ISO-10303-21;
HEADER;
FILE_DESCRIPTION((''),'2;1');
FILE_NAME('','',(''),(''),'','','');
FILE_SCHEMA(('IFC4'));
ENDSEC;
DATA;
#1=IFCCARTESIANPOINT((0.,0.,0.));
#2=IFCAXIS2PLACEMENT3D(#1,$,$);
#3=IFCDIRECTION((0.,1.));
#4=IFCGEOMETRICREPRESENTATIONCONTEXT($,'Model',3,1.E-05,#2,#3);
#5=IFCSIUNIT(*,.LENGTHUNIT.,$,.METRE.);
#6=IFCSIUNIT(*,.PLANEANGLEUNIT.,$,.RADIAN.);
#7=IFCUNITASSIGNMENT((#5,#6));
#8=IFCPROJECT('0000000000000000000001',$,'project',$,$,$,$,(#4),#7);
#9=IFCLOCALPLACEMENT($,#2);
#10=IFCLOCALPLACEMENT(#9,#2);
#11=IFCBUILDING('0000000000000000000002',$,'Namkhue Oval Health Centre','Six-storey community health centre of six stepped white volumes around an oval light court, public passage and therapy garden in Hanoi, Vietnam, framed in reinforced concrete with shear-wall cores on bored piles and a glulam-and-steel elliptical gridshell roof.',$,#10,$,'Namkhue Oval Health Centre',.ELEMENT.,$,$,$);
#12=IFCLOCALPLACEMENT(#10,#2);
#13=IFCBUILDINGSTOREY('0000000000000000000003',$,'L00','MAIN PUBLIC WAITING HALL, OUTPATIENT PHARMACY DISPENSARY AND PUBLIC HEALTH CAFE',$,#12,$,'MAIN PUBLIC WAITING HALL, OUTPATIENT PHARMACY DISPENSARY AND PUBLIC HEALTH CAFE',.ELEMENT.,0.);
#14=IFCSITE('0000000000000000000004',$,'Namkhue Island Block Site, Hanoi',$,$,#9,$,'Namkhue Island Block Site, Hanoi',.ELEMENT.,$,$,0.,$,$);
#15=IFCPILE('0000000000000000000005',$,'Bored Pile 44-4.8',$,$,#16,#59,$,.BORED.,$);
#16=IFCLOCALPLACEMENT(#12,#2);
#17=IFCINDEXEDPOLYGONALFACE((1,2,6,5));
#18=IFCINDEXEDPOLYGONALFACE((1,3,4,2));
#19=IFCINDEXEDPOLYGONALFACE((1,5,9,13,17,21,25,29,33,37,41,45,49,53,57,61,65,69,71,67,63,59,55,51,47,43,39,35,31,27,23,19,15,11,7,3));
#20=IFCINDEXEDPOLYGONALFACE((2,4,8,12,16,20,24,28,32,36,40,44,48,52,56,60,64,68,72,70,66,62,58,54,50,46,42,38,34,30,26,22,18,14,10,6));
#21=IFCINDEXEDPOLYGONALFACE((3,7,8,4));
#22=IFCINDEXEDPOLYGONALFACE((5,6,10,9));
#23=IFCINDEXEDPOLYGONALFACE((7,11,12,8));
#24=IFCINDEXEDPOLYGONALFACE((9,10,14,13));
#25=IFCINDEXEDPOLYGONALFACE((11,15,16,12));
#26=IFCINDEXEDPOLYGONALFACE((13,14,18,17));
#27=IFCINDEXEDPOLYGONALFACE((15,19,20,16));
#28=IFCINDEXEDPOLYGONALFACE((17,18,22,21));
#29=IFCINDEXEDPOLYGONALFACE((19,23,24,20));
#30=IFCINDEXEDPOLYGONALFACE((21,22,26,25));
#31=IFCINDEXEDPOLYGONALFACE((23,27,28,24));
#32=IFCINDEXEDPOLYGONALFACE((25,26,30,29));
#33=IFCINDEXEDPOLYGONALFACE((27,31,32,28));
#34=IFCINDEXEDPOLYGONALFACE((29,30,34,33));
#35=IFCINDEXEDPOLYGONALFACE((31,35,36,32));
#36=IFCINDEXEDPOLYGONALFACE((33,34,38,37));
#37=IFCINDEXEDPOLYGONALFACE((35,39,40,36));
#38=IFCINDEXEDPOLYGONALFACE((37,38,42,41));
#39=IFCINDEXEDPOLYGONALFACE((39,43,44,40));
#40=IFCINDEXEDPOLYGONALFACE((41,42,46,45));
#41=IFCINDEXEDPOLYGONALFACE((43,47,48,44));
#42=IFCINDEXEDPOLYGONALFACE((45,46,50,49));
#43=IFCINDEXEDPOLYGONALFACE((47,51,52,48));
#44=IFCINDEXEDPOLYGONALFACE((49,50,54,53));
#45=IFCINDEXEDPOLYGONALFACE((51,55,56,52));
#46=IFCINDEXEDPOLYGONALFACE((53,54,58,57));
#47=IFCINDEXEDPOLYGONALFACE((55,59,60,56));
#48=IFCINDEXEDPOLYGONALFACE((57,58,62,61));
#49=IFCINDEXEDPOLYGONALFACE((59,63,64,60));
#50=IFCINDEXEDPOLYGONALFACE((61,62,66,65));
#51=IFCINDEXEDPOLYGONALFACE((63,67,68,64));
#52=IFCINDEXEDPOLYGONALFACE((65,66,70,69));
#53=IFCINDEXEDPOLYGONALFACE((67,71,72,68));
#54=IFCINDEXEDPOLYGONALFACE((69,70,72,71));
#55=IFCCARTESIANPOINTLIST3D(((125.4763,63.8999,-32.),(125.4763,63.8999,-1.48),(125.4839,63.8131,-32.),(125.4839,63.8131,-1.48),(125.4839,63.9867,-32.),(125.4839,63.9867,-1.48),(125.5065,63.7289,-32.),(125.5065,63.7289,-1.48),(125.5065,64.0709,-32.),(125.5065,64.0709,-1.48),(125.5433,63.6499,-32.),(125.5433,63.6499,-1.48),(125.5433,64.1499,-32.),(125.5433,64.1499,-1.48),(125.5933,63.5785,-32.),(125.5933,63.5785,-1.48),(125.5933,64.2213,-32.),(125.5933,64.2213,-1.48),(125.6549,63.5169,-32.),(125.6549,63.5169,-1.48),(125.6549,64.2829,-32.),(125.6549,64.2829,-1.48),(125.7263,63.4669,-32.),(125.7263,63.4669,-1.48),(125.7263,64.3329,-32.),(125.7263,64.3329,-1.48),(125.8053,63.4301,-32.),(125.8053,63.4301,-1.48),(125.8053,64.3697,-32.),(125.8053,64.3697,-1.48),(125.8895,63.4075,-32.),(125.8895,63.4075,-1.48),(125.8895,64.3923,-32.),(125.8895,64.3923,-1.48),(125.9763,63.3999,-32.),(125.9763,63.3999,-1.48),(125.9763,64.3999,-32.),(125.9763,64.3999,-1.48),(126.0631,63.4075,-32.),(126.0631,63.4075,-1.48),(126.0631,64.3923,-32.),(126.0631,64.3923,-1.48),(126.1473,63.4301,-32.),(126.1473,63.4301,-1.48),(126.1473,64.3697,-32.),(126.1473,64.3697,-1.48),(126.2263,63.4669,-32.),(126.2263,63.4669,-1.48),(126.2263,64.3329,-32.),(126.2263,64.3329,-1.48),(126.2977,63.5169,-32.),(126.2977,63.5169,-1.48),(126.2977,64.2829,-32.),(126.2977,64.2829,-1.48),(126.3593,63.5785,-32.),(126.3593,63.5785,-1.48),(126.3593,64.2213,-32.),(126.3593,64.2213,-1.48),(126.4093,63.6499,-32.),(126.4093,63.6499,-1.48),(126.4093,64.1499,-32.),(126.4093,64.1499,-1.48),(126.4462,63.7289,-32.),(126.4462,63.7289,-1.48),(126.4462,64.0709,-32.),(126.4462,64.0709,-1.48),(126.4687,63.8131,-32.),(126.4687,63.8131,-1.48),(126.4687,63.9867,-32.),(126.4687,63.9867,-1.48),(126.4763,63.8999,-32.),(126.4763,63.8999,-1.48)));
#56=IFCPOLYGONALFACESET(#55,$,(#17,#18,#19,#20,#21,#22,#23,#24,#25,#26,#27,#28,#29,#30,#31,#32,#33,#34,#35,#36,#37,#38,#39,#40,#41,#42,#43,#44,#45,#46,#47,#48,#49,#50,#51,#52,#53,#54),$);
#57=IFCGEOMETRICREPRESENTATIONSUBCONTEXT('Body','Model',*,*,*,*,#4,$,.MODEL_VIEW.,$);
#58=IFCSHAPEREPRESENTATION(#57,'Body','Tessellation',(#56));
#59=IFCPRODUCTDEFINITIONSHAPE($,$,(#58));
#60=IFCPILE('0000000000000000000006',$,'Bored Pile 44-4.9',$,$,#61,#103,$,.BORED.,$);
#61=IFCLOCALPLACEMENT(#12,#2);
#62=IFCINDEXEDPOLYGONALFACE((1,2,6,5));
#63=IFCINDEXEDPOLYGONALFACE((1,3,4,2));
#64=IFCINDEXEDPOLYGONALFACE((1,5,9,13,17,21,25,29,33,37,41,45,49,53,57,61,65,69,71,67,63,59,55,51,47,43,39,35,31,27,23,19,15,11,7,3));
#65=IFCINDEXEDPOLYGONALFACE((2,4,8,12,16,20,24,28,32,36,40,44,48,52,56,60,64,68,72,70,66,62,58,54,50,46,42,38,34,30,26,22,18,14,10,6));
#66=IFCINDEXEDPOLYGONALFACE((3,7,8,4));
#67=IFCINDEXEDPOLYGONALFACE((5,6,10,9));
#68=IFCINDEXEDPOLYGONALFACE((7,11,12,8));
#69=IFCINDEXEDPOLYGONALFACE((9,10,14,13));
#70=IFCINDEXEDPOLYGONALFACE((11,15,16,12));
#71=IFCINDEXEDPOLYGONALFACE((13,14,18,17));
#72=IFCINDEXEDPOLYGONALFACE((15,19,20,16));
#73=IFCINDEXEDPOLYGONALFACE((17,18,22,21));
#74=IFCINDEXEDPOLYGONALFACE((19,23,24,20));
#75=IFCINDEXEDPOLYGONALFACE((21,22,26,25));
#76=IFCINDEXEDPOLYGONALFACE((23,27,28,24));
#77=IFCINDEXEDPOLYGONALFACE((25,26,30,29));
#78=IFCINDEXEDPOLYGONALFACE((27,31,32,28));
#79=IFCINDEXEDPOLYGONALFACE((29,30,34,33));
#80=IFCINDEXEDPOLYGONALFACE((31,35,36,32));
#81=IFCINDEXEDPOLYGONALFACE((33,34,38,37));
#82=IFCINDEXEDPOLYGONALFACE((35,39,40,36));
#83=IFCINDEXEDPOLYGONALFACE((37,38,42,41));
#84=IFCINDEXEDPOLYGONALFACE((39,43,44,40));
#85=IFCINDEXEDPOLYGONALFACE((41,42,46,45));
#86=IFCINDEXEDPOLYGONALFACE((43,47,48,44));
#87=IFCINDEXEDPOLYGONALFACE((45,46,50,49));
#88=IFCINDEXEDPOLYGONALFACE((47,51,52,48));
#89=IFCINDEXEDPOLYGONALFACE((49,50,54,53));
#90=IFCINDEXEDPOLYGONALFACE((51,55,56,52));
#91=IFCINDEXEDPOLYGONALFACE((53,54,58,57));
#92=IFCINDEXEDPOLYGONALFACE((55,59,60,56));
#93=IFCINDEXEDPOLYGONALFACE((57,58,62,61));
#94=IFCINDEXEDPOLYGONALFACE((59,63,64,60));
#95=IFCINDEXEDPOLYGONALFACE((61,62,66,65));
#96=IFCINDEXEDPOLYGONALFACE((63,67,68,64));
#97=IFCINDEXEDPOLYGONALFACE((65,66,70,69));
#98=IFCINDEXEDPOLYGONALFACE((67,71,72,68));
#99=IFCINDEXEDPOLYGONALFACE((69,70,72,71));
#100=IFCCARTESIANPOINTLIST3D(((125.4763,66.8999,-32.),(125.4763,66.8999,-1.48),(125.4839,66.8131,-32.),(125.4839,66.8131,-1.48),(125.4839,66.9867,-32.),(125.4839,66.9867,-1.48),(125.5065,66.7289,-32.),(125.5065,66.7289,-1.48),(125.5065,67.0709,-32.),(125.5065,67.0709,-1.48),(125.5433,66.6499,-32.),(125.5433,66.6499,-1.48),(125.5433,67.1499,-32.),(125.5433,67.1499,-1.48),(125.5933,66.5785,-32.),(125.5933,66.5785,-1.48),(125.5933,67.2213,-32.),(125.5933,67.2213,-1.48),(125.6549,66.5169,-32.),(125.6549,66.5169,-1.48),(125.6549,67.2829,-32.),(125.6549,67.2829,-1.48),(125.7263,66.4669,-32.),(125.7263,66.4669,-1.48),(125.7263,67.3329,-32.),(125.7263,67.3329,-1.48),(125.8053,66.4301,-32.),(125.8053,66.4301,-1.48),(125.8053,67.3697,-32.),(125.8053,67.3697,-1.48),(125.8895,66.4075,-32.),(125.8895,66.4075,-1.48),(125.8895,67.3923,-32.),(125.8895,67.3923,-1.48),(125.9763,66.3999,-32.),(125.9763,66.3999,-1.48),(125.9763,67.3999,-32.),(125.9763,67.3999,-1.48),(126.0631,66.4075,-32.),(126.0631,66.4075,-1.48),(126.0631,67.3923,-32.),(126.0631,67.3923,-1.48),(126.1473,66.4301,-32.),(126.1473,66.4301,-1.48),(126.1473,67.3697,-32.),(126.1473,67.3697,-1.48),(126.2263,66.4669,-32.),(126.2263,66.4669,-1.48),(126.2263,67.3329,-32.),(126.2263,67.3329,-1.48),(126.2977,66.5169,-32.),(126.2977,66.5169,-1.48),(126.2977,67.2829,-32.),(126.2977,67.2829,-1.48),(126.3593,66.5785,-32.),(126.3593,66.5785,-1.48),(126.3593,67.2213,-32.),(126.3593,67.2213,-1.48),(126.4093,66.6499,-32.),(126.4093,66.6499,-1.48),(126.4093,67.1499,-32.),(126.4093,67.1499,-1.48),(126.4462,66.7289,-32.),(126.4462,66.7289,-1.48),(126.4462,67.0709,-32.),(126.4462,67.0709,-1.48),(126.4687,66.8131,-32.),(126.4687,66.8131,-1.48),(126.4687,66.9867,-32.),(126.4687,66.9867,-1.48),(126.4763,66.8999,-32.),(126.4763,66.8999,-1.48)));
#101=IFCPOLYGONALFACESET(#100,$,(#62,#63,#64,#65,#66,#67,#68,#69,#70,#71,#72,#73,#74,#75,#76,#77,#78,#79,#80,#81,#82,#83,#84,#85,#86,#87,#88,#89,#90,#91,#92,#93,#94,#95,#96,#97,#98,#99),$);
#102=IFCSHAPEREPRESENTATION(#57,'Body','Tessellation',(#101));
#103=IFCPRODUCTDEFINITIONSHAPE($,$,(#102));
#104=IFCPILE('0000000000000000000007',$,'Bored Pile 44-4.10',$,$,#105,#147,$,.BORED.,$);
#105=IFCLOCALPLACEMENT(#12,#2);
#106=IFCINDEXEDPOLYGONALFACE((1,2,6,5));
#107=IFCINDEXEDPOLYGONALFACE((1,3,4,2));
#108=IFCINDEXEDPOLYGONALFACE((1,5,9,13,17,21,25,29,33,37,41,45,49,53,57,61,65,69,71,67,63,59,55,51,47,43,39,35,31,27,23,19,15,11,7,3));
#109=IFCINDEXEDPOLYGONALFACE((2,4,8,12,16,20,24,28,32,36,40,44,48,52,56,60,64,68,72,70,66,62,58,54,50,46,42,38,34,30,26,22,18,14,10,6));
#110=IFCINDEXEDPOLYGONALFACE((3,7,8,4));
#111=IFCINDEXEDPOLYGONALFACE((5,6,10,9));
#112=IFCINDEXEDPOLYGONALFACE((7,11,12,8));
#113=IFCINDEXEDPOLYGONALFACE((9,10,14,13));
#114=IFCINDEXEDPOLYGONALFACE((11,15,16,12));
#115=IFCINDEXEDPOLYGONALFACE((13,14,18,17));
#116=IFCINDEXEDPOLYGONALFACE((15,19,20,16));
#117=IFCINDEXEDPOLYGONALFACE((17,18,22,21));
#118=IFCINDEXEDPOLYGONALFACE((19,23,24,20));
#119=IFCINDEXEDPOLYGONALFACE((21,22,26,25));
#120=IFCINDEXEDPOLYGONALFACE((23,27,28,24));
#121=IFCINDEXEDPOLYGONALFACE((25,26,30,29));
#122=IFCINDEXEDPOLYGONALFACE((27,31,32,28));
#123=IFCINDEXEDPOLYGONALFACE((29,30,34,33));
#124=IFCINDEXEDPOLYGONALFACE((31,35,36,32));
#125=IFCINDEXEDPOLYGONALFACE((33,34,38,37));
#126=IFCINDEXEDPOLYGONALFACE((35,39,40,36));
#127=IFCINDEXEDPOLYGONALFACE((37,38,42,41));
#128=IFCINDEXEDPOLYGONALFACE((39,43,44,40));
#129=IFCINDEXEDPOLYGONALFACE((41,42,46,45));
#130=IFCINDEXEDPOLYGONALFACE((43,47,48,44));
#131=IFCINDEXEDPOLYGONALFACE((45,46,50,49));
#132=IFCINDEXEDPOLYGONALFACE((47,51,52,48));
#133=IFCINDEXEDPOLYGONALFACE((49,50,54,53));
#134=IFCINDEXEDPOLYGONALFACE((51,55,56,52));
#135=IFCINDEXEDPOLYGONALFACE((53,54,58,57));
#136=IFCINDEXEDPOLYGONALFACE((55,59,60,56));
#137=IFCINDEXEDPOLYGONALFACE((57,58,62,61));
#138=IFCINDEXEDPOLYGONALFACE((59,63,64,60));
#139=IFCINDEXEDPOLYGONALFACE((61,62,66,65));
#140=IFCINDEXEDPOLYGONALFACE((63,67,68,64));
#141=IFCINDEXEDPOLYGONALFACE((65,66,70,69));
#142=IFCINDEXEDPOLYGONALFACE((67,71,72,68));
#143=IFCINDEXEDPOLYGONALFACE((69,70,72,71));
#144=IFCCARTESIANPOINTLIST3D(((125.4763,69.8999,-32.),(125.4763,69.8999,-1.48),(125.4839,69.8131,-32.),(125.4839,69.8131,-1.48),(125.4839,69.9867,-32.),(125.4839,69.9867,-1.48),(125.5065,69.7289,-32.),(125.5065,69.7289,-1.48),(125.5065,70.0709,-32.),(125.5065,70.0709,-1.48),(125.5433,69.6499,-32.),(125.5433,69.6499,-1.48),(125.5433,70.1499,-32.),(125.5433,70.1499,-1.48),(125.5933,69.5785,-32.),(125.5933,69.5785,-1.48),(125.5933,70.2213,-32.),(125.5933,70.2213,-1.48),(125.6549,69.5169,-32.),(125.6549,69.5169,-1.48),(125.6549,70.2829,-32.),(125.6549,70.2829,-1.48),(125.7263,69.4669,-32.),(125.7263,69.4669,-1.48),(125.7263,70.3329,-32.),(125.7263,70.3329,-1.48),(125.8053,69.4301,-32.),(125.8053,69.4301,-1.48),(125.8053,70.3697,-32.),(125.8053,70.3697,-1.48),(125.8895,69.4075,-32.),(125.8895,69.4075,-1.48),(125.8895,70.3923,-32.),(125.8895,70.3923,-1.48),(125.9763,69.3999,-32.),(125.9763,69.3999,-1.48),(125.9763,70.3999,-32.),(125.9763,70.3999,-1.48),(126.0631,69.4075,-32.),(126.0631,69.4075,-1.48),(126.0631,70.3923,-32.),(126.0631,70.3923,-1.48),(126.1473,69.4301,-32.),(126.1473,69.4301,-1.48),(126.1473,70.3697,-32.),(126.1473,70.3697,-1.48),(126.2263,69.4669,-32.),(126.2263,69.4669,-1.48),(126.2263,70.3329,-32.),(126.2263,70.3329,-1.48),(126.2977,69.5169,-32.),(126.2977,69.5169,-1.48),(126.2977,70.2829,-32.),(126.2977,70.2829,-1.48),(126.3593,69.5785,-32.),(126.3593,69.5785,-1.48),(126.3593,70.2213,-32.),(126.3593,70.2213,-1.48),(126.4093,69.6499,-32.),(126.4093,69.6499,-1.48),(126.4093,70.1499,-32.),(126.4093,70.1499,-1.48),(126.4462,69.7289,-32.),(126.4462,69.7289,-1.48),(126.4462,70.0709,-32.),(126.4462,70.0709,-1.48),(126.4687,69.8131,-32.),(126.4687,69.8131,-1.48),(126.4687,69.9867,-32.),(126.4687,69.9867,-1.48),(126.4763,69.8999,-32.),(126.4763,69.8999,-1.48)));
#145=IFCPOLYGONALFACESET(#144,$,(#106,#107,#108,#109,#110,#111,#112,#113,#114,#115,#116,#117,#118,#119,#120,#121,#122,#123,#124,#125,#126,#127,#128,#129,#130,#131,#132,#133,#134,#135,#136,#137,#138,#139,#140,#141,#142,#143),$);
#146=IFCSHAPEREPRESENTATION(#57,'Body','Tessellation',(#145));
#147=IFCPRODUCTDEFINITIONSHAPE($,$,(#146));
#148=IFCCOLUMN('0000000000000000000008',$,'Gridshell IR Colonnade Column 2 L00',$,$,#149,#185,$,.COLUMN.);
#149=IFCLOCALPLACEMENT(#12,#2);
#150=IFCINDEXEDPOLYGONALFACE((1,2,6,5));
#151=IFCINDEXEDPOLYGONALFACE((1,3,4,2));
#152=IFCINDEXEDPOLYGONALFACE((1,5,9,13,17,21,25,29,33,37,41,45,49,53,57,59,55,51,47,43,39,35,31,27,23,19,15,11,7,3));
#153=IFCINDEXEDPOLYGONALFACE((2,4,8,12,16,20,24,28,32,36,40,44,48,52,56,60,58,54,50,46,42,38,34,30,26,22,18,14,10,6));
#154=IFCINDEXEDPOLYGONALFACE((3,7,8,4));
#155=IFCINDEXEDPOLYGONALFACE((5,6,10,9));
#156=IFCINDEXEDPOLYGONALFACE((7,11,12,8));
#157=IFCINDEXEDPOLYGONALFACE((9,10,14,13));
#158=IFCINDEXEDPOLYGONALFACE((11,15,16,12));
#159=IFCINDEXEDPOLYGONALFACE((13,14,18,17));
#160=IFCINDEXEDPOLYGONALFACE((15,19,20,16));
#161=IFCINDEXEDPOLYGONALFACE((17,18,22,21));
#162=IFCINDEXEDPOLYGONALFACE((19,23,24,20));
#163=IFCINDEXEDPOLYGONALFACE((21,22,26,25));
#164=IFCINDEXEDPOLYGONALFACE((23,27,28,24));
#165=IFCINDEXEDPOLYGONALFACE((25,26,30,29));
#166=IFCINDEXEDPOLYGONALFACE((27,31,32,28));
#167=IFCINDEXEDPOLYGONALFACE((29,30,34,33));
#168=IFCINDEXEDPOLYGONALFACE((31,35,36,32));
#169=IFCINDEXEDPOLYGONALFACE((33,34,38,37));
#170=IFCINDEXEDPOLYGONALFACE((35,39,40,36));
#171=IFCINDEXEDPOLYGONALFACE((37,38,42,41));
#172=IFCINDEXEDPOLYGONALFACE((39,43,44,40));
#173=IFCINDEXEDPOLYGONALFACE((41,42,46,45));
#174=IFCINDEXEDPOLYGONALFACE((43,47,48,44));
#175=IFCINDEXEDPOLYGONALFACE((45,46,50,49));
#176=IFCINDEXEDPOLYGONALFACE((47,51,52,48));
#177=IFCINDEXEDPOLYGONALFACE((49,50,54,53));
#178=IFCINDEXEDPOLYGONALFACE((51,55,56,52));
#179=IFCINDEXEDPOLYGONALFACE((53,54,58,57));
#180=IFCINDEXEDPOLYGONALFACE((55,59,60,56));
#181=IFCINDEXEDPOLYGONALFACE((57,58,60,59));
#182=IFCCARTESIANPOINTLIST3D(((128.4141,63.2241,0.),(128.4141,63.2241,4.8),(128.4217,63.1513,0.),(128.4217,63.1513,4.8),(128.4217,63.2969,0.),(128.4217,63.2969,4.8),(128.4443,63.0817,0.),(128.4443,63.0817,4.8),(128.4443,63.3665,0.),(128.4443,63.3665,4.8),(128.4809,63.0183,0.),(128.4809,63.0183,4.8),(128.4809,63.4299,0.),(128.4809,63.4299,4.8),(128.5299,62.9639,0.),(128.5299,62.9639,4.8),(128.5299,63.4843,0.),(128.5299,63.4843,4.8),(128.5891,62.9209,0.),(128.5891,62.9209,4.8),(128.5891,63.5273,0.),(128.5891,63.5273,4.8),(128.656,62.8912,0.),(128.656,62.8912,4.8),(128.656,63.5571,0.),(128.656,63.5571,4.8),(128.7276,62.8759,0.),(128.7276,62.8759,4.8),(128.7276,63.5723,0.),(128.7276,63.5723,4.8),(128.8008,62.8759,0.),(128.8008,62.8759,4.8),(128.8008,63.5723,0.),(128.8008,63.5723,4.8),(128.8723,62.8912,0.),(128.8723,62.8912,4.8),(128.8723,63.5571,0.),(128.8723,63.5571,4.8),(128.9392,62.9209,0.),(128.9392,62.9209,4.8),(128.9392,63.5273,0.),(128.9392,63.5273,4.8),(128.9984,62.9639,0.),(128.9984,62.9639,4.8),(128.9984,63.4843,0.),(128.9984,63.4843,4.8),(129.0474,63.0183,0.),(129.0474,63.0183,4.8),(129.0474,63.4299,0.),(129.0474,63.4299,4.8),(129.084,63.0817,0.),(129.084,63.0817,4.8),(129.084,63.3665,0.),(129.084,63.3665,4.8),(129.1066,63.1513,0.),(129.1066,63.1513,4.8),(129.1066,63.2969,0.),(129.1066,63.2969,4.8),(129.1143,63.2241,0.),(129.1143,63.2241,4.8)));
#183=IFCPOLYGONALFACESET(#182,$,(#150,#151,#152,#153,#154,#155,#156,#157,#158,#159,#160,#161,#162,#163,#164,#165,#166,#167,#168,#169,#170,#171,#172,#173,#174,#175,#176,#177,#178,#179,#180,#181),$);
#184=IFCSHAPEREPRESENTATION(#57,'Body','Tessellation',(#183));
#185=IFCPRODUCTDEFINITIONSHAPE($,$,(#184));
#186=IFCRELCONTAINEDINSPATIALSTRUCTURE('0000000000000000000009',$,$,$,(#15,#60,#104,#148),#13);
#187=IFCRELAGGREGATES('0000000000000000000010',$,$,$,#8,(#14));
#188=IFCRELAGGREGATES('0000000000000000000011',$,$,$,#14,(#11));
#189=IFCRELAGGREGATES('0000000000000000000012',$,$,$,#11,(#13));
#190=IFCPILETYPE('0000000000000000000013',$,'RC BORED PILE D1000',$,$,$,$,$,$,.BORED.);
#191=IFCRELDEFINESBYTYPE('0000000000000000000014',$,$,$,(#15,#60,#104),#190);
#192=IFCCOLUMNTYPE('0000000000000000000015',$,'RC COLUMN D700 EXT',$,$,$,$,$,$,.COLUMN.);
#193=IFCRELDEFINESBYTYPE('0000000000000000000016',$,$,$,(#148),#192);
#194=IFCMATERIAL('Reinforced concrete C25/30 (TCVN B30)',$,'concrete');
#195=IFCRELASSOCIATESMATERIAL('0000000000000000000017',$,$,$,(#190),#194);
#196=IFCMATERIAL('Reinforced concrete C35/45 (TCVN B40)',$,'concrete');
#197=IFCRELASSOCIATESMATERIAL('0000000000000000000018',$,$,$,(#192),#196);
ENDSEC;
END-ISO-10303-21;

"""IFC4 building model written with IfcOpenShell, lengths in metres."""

from ifc_helpers import new_model, si_unit, direction, frame, origin, origin_2d, place, context, subcontext, project, spatial, circle, extrude, material, material_profile, profile_set, type_object, element, save


model = new_model("IFC4")

# Units and contexts
model_context = context("Model", 3, precision=1e-05, world=origin(), true_north=direction((0.0, 1.0)))
body_context = subcontext(model_context, "Body", "Model", "MODEL_VIEW")
ifc_project = project(units=[si_unit("LENGTHUNIT", "METRE"), si_unit("PLANEANGLEUNIT", "RADIAN")], contexts=[model_context])

# Site, building, storey
site_placement = place(None, origin())
site = spatial("IfcSite", under=ifc_project, at=site_placement, Name="Namkhue Island Block Site, Hanoi", LongName="Namkhue Island Block Site, Hanoi", CompositionType="ELEMENT", RefElevation=0.0)
building_placement = place(site_placement, origin())
building = spatial("IfcBuilding", under=site, at=building_placement, Name="Namkhue Oval Health Centre", Description="Six-storey community health centre of six stepped white volumes around an oval light court, public passage and therapy garden in Hanoi, Vietnam, framed in reinforced concrete with shear-wall cores on bored piles and a glulam-and-steel elliptical gridshell roof.", LongName="Namkhue Oval Health Centre", CompositionType="ELEMENT")
storey_placement = place(building_placement, origin())
storey = spatial("IfcBuildingStorey", under=building, at=storey_placement, Name="L00", Description="MAIN PUBLIC WAITING HALL, OUTPATIENT PHARMACY DISPENSARY AND PUBLIC HEALTH CAFE", LongName="MAIN PUBLIC WAITING HALL, OUTPATIENT PHARMACY DISPENSARY AND PUBLIC HEALTH CAFE", CompositionType="ELEMENT", Elevation=0.0)

# Piles
ifc_material_1 = material(Name="Reinforced concrete C25/30 (TCVN B30)", Category="concrete")
ifc_material_profile_1 = material_profile(ifc_material_1, circle(Radius=0.5, at=origin_2d()), Name="BORED PILE D1000")
ifc_profile_set_1 = profile_set([ifc_material_profile_1], Name="Reinforced concrete C25/30 (TCVN B30)")
pile_type = type_object("IfcPileType", Name="RC BORED PILE D1000", PredefinedType="BORED", material=ifc_profile_set_1)
for number, where, z_axis, x_axis, name in (
    (1, (125.9763, 63.8999, -1.48), (0.0, 0.0, -1.0), (1.0, 0.0, 0.0), "Bored Pile 44-4.8"),
    (2, (125.9763, 66.8999, -1.48), (0.0, 0.0, -1.0), (1.0, 0.0, 0.0), "Bored Pile 44-4.9"),
    (3, (125.9763, 69.8999, -1.48), (0.0, 0.0, -1.0), (1.0, 0.0, 0.0), "Bored Pile 44-4.10"),
):
    element("IfcPile", number, at=place(storey_placement, frame(where, z_axis=z_axis, x_axis=x_axis)), inside=storey, type_object=pile_type, Name=name, PredefinedType="BORED", context=body_context, shape_type="SweptSolid", body=[
        extrude(circle(Radius=0.5, at=origin_2d()), origin(), (0.0, 0.0, 1.0), 30.52),
    ])

# Column
ifc_material_2 = material(Name="Reinforced concrete C35/45 (TCVN B40)", Category="concrete")
ifc_material_profile_2 = material_profile(ifc_material_2, circle(Radius=0.3501, at=origin_2d()), Name="RC D700")
ifc_profile_set_2 = profile_set([ifc_material_profile_2], Name="Reinforced concrete C35/45 (TCVN B40)")
column_type = type_object("IfcColumnType", Name="RC COLUMN D700 EXT", PredefinedType="COLUMN", material=ifc_profile_set_2)
for number, where, z_axis, x_axis, name in (
    (4, (128.7642, 63.2241, 0.0), (0.0, 0.0, 1.0), (1.0, 0.0, 0.0), "Gridshell IR Colonnade Column 2 L00"),
):
    element("IfcColumn", number, at=place(storey_placement, frame(where, z_axis=z_axis, x_axis=x_axis)), inside=storey, type_object=column_type, Name=name, PredefinedType="COLUMN", context=body_context, shape_type="SweptSolid", body=[
        extrude(circle(Radius=0.3501, at=origin_2d()), origin(), (0.0, 0.0, 1.0), 4.8),
    ])

save(model, "model.ifc")
